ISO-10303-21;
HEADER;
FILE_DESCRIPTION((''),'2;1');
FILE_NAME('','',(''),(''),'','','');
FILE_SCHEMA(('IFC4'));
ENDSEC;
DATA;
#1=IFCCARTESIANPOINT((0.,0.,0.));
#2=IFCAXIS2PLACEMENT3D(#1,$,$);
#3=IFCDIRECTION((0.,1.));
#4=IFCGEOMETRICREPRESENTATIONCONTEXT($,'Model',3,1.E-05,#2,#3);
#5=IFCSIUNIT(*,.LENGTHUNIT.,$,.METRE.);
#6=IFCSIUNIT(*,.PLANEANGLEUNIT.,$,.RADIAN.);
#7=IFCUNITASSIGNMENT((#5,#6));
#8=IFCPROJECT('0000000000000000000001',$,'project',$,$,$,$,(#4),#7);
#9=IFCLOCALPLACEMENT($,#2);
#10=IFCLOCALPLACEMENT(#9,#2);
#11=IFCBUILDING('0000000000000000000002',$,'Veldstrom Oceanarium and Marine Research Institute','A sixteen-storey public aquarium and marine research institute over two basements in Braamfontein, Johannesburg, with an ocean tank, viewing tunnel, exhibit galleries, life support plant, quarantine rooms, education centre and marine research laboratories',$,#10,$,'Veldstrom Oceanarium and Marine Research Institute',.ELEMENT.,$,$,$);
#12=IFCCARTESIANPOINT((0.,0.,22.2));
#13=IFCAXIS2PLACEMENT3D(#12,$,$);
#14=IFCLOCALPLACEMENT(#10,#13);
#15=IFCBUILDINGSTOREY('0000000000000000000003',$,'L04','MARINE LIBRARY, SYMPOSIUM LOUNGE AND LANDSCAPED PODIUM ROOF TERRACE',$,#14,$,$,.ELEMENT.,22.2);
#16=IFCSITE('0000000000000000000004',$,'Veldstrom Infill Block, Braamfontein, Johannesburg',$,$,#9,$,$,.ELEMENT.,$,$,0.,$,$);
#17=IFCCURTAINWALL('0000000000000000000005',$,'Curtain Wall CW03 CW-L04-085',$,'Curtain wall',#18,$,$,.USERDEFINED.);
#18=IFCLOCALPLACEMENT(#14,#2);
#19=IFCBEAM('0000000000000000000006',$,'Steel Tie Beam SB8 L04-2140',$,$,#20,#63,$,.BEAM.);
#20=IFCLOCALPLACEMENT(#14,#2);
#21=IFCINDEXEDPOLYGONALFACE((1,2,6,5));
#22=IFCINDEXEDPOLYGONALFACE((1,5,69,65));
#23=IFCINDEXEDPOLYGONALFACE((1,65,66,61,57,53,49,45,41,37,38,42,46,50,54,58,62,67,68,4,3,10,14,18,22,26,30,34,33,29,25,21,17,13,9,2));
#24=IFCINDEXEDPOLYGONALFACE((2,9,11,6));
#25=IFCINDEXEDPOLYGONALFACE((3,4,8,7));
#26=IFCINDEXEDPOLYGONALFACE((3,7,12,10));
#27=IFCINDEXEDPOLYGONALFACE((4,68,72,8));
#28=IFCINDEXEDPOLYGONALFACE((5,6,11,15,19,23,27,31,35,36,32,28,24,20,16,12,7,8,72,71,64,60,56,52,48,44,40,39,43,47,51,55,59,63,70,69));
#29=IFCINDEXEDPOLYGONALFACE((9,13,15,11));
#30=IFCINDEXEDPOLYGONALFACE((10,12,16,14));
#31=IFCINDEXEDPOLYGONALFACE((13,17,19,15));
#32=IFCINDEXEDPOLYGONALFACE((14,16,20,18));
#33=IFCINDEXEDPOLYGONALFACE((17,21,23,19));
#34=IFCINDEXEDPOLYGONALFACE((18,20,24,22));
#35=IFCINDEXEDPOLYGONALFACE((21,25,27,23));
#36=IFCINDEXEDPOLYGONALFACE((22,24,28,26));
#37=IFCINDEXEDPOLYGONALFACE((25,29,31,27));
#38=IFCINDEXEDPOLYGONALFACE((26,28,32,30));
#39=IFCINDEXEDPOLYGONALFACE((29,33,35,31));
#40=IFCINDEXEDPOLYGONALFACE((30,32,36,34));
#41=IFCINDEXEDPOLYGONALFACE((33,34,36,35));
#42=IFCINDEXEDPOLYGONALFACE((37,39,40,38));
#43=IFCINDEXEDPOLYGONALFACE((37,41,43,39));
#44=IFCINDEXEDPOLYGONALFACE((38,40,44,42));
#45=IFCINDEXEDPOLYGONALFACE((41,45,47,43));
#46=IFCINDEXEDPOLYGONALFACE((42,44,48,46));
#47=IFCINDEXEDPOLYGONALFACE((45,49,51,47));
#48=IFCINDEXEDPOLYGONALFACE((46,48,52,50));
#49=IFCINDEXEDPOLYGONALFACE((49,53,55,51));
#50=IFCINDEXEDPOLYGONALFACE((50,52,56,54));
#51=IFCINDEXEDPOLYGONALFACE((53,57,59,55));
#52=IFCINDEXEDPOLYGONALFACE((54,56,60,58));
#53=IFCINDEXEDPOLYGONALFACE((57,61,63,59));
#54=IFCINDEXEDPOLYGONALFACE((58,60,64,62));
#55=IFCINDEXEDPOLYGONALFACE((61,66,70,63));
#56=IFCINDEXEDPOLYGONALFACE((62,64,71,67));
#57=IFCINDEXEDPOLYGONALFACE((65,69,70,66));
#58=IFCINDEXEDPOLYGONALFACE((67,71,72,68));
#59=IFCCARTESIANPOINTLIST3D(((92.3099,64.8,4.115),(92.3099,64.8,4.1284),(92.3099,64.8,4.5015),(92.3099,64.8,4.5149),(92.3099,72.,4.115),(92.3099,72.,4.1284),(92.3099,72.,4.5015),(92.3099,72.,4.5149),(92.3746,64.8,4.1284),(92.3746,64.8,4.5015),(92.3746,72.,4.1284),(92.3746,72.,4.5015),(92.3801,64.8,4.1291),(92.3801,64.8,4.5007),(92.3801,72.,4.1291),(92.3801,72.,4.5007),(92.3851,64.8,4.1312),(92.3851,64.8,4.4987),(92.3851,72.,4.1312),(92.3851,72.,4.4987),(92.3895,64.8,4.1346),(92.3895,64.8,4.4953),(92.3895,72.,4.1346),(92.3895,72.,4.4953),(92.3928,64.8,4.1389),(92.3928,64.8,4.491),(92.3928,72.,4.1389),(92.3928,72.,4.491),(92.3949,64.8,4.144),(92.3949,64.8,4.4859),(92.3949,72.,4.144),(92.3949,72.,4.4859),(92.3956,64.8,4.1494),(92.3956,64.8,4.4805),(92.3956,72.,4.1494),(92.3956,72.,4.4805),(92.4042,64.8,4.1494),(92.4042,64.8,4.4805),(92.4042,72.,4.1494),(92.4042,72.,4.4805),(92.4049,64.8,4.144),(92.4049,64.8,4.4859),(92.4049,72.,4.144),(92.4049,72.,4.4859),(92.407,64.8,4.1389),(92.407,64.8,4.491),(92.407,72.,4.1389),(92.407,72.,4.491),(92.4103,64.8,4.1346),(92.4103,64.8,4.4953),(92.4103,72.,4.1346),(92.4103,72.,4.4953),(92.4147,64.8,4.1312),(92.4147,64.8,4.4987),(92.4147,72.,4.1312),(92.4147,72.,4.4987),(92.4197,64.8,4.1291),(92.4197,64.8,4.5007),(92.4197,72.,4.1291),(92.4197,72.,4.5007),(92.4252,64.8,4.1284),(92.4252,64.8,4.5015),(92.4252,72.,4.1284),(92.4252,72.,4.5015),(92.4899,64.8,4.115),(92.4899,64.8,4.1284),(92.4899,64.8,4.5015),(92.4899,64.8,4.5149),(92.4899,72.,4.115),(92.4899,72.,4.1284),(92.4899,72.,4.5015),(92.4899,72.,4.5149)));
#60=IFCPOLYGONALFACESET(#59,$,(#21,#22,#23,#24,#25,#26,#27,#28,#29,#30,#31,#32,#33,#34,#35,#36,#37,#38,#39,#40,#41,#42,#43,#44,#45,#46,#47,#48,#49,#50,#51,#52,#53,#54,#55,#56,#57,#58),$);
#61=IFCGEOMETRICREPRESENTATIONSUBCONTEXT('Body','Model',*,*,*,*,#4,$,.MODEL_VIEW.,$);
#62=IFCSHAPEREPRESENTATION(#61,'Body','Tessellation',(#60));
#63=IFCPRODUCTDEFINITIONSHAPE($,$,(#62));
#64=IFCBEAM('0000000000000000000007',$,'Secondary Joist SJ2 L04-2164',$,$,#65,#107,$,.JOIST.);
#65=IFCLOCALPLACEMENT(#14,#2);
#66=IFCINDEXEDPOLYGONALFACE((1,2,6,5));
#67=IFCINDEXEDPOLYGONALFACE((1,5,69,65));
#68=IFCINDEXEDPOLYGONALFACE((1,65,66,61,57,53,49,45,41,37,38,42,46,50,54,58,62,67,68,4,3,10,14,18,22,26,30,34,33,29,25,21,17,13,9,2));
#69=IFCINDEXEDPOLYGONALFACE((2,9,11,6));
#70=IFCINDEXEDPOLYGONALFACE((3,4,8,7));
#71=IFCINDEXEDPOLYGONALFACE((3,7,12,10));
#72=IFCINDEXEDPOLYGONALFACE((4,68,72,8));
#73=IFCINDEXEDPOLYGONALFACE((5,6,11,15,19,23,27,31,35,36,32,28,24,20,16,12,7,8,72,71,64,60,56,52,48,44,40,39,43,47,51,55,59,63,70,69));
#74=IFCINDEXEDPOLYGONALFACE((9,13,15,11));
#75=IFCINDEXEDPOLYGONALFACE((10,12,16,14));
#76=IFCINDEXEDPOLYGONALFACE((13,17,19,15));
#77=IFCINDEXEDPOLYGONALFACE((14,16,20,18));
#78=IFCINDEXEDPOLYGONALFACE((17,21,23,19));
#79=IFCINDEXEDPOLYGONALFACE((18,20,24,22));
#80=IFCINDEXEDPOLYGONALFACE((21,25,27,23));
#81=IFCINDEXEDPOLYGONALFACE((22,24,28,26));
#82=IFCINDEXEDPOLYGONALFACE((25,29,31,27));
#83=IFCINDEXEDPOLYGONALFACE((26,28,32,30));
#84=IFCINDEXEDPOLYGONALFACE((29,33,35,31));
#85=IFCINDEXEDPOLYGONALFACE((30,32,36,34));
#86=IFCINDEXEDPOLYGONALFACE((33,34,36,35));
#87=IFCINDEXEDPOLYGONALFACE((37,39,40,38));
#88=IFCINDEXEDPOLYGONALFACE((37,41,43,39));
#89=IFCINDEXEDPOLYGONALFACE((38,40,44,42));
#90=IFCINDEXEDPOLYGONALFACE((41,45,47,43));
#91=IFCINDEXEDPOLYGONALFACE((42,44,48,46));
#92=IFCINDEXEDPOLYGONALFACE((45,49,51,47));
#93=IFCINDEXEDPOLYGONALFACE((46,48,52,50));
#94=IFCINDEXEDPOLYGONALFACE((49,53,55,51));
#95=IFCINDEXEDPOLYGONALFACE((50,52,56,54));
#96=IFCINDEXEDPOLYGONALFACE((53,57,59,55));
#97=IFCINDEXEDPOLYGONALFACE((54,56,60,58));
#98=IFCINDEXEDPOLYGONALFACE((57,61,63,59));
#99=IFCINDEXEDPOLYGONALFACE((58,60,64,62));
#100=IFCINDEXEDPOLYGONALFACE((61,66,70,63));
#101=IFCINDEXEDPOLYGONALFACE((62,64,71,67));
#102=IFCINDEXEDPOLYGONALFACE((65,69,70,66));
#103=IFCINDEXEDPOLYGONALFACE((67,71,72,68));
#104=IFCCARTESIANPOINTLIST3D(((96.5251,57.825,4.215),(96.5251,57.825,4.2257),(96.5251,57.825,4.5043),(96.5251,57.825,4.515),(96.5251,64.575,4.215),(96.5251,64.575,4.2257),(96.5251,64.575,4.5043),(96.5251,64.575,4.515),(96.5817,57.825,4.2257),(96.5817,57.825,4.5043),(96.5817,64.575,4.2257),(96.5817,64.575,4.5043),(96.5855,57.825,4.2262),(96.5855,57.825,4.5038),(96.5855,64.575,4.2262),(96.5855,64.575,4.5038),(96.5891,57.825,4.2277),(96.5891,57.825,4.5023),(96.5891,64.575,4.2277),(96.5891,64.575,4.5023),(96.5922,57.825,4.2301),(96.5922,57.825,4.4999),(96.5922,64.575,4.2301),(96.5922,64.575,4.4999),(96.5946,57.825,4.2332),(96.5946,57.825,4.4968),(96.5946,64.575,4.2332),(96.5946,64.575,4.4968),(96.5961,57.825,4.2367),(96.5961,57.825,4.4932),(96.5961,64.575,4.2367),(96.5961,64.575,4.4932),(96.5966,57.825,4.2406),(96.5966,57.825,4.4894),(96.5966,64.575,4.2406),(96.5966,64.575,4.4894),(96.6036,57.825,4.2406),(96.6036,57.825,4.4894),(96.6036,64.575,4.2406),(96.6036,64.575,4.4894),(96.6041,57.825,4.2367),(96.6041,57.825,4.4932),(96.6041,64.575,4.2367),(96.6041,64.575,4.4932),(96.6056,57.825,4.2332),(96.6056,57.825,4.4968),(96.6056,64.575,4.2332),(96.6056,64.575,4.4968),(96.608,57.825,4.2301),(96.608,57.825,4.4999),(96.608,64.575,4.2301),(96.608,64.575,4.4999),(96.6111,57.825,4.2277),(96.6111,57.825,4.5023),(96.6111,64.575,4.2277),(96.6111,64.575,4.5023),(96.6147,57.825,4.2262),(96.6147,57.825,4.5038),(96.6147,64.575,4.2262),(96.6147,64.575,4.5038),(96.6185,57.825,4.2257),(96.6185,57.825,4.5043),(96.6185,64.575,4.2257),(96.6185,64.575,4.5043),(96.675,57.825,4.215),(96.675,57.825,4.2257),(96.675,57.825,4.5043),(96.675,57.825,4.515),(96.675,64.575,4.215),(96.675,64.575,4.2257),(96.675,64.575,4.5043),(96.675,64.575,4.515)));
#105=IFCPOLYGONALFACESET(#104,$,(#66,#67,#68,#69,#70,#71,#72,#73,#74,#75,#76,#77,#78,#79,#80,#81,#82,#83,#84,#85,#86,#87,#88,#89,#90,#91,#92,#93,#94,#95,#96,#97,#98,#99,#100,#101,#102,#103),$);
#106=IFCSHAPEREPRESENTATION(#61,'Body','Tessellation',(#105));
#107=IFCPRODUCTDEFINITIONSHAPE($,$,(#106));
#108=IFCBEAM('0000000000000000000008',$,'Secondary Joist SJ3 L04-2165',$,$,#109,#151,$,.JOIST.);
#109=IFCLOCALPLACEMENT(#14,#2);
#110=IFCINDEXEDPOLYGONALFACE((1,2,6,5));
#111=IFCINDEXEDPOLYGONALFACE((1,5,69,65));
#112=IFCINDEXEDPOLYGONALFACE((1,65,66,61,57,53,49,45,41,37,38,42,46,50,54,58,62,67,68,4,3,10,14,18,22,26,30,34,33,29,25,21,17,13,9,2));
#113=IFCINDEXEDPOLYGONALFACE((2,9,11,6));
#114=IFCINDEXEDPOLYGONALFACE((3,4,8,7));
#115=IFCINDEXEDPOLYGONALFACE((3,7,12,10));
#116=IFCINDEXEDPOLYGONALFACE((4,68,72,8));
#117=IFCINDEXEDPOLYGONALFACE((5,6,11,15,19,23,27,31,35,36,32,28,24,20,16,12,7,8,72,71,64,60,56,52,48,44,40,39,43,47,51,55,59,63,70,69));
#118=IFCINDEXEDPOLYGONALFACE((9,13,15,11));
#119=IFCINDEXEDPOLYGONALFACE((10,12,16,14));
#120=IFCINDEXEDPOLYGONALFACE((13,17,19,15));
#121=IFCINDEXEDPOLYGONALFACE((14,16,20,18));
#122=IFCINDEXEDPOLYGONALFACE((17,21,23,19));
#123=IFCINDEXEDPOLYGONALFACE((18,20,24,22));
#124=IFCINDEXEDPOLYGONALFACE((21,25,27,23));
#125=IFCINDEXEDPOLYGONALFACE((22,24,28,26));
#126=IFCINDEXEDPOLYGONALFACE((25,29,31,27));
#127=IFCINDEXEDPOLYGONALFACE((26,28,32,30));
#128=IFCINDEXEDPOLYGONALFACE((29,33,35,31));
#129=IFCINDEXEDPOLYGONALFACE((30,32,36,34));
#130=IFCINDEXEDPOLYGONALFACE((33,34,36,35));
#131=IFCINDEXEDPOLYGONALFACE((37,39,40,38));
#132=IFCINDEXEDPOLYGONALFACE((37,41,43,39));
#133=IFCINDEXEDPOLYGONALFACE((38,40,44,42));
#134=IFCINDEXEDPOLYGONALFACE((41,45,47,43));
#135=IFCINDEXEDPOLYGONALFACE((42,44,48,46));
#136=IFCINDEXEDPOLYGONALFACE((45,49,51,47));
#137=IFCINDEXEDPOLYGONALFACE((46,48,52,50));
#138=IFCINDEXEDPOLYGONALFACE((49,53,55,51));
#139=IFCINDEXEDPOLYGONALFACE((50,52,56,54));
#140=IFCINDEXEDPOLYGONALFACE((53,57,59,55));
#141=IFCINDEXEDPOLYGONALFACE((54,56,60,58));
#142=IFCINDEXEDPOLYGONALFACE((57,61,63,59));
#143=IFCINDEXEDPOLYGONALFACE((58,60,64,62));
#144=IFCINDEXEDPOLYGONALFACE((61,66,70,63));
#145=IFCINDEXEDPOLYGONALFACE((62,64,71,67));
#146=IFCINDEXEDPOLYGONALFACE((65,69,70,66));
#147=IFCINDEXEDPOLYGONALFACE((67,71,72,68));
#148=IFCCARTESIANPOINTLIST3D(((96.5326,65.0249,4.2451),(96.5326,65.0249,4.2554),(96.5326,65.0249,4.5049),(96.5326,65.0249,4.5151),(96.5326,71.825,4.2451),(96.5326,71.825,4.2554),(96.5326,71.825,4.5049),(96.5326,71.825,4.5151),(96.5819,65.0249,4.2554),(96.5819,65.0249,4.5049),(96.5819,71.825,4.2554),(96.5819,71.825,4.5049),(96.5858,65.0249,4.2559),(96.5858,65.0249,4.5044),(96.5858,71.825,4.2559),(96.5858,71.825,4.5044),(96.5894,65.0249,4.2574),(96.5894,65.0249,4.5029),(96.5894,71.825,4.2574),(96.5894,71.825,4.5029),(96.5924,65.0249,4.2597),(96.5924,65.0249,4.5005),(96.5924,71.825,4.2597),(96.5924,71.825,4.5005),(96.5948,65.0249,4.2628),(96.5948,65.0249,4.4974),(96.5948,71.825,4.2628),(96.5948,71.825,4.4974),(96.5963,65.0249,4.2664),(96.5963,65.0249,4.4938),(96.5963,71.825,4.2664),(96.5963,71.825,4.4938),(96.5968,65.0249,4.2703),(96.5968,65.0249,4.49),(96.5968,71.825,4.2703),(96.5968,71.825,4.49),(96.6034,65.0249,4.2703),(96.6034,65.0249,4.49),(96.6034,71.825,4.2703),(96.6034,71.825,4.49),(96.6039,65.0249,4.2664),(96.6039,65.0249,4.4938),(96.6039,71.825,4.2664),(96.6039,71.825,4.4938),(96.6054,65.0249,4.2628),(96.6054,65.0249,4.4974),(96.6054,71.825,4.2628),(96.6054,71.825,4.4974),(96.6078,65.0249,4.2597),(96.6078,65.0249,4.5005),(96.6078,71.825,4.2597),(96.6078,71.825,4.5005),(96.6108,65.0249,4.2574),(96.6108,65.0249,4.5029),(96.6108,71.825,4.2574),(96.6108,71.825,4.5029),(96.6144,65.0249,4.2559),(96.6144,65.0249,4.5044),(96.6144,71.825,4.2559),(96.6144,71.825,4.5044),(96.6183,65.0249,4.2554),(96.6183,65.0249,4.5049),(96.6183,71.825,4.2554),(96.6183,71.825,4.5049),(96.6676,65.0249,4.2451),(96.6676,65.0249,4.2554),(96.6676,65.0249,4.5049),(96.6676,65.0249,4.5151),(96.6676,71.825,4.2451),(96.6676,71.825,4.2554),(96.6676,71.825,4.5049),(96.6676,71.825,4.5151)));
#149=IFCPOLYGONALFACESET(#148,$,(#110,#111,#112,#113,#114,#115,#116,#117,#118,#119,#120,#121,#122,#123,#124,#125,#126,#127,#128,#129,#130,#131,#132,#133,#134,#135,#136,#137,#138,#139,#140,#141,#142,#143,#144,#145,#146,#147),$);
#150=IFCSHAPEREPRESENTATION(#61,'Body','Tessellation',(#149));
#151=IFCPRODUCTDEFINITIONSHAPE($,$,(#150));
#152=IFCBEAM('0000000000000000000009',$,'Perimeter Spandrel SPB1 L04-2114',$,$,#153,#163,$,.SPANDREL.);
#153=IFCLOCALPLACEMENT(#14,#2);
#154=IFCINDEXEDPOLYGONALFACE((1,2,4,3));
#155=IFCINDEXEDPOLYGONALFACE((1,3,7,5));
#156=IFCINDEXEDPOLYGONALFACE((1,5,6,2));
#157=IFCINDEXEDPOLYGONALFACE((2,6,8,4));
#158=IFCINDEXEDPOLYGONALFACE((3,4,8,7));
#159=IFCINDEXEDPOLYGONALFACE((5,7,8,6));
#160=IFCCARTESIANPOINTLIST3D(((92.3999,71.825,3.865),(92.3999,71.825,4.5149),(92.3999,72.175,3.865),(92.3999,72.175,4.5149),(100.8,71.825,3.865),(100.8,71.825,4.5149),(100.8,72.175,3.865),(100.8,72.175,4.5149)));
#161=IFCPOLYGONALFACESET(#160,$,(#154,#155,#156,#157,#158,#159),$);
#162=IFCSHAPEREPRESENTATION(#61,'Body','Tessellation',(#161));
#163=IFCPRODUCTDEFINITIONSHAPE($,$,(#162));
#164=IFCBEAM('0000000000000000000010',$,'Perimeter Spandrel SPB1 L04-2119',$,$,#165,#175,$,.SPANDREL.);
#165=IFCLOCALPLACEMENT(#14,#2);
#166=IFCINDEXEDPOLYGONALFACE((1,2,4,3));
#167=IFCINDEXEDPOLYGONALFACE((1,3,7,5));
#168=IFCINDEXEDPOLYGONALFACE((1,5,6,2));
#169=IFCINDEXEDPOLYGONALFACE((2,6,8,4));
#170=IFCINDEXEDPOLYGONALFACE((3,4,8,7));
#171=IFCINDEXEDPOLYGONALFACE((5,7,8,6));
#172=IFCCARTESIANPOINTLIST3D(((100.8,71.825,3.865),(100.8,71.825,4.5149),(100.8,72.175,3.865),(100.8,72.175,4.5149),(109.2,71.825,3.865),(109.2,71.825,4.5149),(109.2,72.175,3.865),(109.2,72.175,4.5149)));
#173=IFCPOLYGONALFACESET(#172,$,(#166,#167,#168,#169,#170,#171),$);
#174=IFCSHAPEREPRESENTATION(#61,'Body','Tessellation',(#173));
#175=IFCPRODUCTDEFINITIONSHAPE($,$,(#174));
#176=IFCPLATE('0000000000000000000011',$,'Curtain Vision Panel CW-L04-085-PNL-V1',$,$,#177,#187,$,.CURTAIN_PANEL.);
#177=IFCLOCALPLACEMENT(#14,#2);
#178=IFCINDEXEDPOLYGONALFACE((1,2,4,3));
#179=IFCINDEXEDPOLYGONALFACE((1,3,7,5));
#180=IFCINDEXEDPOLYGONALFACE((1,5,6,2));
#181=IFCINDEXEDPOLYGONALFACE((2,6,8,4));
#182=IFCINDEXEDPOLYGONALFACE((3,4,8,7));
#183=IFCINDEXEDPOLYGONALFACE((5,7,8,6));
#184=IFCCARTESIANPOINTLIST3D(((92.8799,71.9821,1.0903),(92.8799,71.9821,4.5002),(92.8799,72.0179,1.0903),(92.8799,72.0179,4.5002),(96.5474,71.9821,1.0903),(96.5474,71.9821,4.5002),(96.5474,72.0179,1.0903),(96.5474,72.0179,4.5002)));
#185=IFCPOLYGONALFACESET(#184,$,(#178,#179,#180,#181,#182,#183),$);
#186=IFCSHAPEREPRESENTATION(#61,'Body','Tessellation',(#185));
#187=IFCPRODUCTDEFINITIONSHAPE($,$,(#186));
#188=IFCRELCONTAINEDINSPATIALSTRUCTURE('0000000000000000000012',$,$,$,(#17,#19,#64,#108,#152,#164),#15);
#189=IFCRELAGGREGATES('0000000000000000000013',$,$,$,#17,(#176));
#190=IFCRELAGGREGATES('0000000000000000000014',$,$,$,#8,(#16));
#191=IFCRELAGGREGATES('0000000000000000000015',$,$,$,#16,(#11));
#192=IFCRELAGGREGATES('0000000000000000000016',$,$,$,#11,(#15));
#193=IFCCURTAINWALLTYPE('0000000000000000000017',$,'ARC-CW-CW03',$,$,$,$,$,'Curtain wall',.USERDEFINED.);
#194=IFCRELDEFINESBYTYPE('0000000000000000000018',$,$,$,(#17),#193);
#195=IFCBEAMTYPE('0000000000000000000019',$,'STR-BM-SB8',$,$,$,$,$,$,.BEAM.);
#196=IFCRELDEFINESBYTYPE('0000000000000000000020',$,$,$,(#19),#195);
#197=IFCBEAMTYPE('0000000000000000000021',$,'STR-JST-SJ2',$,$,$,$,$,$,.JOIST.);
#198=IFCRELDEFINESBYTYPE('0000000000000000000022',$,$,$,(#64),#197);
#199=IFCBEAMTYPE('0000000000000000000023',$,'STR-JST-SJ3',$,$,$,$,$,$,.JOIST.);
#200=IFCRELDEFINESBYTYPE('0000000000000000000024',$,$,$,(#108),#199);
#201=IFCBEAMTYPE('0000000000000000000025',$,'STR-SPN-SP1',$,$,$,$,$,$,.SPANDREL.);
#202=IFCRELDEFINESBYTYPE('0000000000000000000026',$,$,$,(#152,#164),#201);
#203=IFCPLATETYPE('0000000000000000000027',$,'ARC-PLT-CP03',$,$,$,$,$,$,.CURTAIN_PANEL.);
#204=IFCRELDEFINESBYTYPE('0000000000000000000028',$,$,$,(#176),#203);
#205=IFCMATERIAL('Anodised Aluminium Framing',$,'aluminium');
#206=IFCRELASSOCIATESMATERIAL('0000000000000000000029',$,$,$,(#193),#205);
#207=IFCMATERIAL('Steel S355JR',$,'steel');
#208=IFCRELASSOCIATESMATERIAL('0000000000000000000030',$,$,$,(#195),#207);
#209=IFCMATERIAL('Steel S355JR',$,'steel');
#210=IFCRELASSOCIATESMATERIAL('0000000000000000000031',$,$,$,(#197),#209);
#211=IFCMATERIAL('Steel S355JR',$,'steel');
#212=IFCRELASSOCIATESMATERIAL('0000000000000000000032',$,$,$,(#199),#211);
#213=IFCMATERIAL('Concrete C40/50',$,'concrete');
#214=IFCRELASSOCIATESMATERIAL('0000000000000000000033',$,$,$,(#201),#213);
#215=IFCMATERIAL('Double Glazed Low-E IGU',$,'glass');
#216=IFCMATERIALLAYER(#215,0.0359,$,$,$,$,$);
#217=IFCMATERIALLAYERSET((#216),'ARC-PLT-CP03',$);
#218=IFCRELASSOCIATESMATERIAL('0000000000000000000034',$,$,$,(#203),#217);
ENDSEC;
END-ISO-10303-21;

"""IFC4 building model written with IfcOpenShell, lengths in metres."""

from ifc_helpers import new_model, si_unit, direction, frame, origin, origin_2d, place, context, subcontext, project, spatial, rectangle, i_section, extrude, material, layer, layer_set, material_profile, profile_set, type_object, element, aggregate, save


model = new_model("IFC4")

# Units and contexts
model_context = context("Model", 3, precision=1e-05, world=origin(), true_north=direction((0.0, 1.0)))
body_context = subcontext(model_context, "Body", "Model", "MODEL_VIEW")
ifc_project = project(units=[si_unit("LENGTHUNIT", "METRE"), si_unit("PLANEANGLEUNIT", "RADIAN")], contexts=[model_context])

# Site, building, storey
site_placement = place(None, origin())
site = spatial("IfcSite", under=ifc_project, at=site_placement, Name="Veldstrom Infill Block, Braamfontein, Johannesburg", CompositionType="ELEMENT", RefElevation=0.0)
building_placement = place(site_placement, origin())
building = spatial("IfcBuilding", under=site, at=building_placement, Name="Veldstrom Oceanarium and Marine Research Institute", Description="A sixteen-storey public aquarium and marine research institute over two basements in Braamfontein, Johannesburg, with an ocean tank, viewing tunnel, exhibit galleries, life support plant, quarantine rooms, education centre and marine research laboratories", LongName="Veldstrom Oceanarium and Marine Research Institute", CompositionType="ELEMENT")
storey_placement = place(building_placement, frame((0.0, 0.0, 22.2)))
storey = spatial("IfcBuildingStorey", under=building, at=storey_placement, Name="L04", Description="MARINE LIBRARY, SYMPOSIUM LOUNGE AND LANDSCAPED PODIUM ROOF TERRACE", CompositionType="ELEMENT", Elevation=22.2)

# Curtain wall
ifc_material_1 = material(Name="Anodised Aluminium Framing", Category="aluminium")
curtain_wall_type = type_object("IfcCurtainWallType", Name="ARC-CW-CW03", ElementType="Curtain wall", PredefinedType="USERDEFINED", material=ifc_material_1)
curtain_wall_placement = place(storey_placement, origin())
curtain_wall = element("IfcCurtainWall", 1, at=curtain_wall_placement, inside=storey, type_object=curtain_wall_type, Name="Curtain Wall CW03 CW-L04-085", ObjectType="Curtain wall", PredefinedType="USERDEFINED")

# Beams
ifc_material_2 = material(Name="Steel S355JR", Category="steel")
ifc_material_profile_1 = material_profile(ifc_material_2, i_section(OverallWidth=0.1799, OverallDepth=0.3999, WebThickness=0.0085, FlangeThickness=0.0134, FilletRadius=0.021, at=origin_2d()), Name="IPE 400")
ifc_profile_set_1 = profile_set([ifc_material_profile_1], Name="Steel S355JR")
beam_type_1 = type_object("IfcBeamType", Name="STR-BM-SB8", PredefinedType="BEAM", material=ifc_profile_set_1)
beam_1_placement = place(storey_placement, frame((92.3999, 64.8, 4.3149), z_axis=(0.0, 1.0, 0.0), x_axis=(-1.0, 0.0, 0.0)))
element("IfcBeam", 2, at=beam_1_placement, inside=storey, type_object=beam_type_1, Name="Steel Tie Beam SB8 L04-2140", PredefinedType="BEAM", context=body_context, shape_type="SweptSolid", body=[
    extrude(i_section(OverallWidth=0.1799, OverallDepth=0.3999, WebThickness=0.0085, FlangeThickness=0.0134, FilletRadius=0.021, at=origin_2d()), origin(), (0.0, 0.0, 1.0), 7.2),
])
ifc_material_3 = material(Name="Steel S355JR", Category="steel")
ifc_material_profile_2 = material_profile(ifc_material_3, i_section(OverallWidth=0.1499, OverallDepth=0.3, WebThickness=0.0071, FlangeThickness=0.0107, FilletRadius=0.0149, at=origin_2d()), Name="IPE 300")
ifc_profile_set_2 = profile_set([ifc_material_profile_2], Name="Steel S355JR")
beam_type_2 = type_object("IfcBeamType", Name="STR-JST-SJ2", PredefinedType="JOIST", material=ifc_profile_set_2)
beam_2_placement = place(storey_placement, frame((96.6001, 57.825, 4.365), z_axis=(0.0, 1.0, 0.0), x_axis=(-1.0, 0.0, 0.0)))
element("IfcBeam", 3, at=beam_2_placement, inside=storey, type_object=beam_type_2, Name="Secondary Joist SJ2 L04-2164", PredefinedType="JOIST", context=body_context, shape_type="SweptSolid", body=[
    extrude(i_section(OverallWidth=0.1499, OverallDepth=0.3, WebThickness=0.0071, FlangeThickness=0.0107, FilletRadius=0.0149, at=origin_2d()), origin(), (0.0, 0.0, 1.0), 6.75),
])
ifc_material_4 = material(Name="Steel S355JR", Category="steel")
ifc_material_profile_3 = material_profile(ifc_material_4, i_section(OverallWidth=0.135, OverallDepth=0.27, WebThickness=0.0066, FlangeThickness=0.0103, FilletRadius=0.0149, at=origin_2d()), Name="IPE 270")
ifc_profile_set_3 = profile_set([ifc_material_profile_3], Name="Steel S355JR")
beam_type_3 = type_object("IfcBeamType", Name="STR-JST-SJ3", PredefinedType="JOIST", material=ifc_profile_set_3)
beam_3_placement = place(storey_placement, frame((96.6001, 65.0249, 4.3801), z_axis=(0.0, 1.0, 0.0), x_axis=(-1.0, 0.0, 0.0)))
element("IfcBeam", 4, at=beam_3_placement, inside=storey, type_object=beam_type_3, Name="Secondary Joist SJ3 L04-2165", PredefinedType="JOIST", context=body_context, shape_type="SweptSolid", body=[
    extrude(i_section(OverallWidth=0.135, OverallDepth=0.27, WebThickness=0.0066, FlangeThickness=0.0103, FilletRadius=0.0149, at=origin_2d()), origin(), (0.0, 0.0, 1.0), 6.8),
])
ifc_material_5 = material(Name="Concrete C40/50", Category="concrete")
ifc_material_profile_4 = material_profile(ifc_material_5, rectangle(XDim=0.3501, YDim=0.6499, at=origin_2d()), Name="RC-SPN-350x650")
ifc_profile_set_4 = profile_set([ifc_material_profile_4], Name="Concrete C40/50")
beam_type_4 = type_object("IfcBeamType", Name="STR-SPN-SP1", PredefinedType="SPANDREL", material=ifc_profile_set_4)
beam_4_placement = place(storey_placement, frame((92.3999, 72.0, 4.1899), z_axis=(1.0, 0.0, 0.0), x_axis=(0.0, 1.0, 0.0)))
element("IfcBeam", 5, at=beam_4_placement, inside=storey, type_object=beam_type_4, Name="Perimeter Spandrel SPB1 L04-2114", PredefinedType="SPANDREL", context=body_context, shape_type="SweptSolid", body=[
    extrude(rectangle(XDim=0.3501, YDim=0.6499, at=origin_2d()), origin(), (0.0, 0.0, 1.0), 8.4001),
])
beam_5_placement = place(storey_placement, frame((100.8, 72.0, 4.1899), z_axis=(1.0, 0.0, 0.0), x_axis=(0.0, 1.0, 0.0)))
element("IfcBeam", 6, at=beam_5_placement, inside=storey, type_object=beam_type_4, Name="Perimeter Spandrel SPB1 L04-2119", PredefinedType="SPANDREL", context=body_context, shape_type="SweptSolid", body=[
    extrude(rectangle(XDim=0.3501, YDim=0.6499, at=origin_2d()), origin(), (0.0, 0.0, 1.0), 8.3999),
])

# Plate
ifc_material_6 = material(Name="Double Glazed Low-E IGU", Category="glass")
ifc_layer_1 = layer(ifc_material_6, 0.0359)
ifc_layer_set_1 = layer_set([ifc_layer_1], Name="ARC-PLT-CP03")
plate_type_1 = type_object("IfcPlateType", Name="ARC-PLT-CP03", PredefinedType="CURTAIN_PANEL", material=ifc_layer_set_1)
plate_1_placement = place(storey_placement, frame((94.7136, 72.0, 1.0903), z_axis=(0.0, 0.0, 1.0), x_axis=(1.0, 0.0, 0.0)))
plate_1 = element("IfcPlate", 7, at=plate_1_placement, type_object=plate_type_1, Name="Curtain Vision Panel CW-L04-085-PNL-V1", PredefinedType="CURTAIN_PANEL", context=body_context, shape_type="SweptSolid", body=[
    extrude(rectangle(XDim=3.6675, YDim=0.0359, at=origin_2d()), origin(), (0.0, 0.0, 1.0), 3.4099),
])
aggregate(curtain_wall, [plate_1])

save(model, "model.ifc")
